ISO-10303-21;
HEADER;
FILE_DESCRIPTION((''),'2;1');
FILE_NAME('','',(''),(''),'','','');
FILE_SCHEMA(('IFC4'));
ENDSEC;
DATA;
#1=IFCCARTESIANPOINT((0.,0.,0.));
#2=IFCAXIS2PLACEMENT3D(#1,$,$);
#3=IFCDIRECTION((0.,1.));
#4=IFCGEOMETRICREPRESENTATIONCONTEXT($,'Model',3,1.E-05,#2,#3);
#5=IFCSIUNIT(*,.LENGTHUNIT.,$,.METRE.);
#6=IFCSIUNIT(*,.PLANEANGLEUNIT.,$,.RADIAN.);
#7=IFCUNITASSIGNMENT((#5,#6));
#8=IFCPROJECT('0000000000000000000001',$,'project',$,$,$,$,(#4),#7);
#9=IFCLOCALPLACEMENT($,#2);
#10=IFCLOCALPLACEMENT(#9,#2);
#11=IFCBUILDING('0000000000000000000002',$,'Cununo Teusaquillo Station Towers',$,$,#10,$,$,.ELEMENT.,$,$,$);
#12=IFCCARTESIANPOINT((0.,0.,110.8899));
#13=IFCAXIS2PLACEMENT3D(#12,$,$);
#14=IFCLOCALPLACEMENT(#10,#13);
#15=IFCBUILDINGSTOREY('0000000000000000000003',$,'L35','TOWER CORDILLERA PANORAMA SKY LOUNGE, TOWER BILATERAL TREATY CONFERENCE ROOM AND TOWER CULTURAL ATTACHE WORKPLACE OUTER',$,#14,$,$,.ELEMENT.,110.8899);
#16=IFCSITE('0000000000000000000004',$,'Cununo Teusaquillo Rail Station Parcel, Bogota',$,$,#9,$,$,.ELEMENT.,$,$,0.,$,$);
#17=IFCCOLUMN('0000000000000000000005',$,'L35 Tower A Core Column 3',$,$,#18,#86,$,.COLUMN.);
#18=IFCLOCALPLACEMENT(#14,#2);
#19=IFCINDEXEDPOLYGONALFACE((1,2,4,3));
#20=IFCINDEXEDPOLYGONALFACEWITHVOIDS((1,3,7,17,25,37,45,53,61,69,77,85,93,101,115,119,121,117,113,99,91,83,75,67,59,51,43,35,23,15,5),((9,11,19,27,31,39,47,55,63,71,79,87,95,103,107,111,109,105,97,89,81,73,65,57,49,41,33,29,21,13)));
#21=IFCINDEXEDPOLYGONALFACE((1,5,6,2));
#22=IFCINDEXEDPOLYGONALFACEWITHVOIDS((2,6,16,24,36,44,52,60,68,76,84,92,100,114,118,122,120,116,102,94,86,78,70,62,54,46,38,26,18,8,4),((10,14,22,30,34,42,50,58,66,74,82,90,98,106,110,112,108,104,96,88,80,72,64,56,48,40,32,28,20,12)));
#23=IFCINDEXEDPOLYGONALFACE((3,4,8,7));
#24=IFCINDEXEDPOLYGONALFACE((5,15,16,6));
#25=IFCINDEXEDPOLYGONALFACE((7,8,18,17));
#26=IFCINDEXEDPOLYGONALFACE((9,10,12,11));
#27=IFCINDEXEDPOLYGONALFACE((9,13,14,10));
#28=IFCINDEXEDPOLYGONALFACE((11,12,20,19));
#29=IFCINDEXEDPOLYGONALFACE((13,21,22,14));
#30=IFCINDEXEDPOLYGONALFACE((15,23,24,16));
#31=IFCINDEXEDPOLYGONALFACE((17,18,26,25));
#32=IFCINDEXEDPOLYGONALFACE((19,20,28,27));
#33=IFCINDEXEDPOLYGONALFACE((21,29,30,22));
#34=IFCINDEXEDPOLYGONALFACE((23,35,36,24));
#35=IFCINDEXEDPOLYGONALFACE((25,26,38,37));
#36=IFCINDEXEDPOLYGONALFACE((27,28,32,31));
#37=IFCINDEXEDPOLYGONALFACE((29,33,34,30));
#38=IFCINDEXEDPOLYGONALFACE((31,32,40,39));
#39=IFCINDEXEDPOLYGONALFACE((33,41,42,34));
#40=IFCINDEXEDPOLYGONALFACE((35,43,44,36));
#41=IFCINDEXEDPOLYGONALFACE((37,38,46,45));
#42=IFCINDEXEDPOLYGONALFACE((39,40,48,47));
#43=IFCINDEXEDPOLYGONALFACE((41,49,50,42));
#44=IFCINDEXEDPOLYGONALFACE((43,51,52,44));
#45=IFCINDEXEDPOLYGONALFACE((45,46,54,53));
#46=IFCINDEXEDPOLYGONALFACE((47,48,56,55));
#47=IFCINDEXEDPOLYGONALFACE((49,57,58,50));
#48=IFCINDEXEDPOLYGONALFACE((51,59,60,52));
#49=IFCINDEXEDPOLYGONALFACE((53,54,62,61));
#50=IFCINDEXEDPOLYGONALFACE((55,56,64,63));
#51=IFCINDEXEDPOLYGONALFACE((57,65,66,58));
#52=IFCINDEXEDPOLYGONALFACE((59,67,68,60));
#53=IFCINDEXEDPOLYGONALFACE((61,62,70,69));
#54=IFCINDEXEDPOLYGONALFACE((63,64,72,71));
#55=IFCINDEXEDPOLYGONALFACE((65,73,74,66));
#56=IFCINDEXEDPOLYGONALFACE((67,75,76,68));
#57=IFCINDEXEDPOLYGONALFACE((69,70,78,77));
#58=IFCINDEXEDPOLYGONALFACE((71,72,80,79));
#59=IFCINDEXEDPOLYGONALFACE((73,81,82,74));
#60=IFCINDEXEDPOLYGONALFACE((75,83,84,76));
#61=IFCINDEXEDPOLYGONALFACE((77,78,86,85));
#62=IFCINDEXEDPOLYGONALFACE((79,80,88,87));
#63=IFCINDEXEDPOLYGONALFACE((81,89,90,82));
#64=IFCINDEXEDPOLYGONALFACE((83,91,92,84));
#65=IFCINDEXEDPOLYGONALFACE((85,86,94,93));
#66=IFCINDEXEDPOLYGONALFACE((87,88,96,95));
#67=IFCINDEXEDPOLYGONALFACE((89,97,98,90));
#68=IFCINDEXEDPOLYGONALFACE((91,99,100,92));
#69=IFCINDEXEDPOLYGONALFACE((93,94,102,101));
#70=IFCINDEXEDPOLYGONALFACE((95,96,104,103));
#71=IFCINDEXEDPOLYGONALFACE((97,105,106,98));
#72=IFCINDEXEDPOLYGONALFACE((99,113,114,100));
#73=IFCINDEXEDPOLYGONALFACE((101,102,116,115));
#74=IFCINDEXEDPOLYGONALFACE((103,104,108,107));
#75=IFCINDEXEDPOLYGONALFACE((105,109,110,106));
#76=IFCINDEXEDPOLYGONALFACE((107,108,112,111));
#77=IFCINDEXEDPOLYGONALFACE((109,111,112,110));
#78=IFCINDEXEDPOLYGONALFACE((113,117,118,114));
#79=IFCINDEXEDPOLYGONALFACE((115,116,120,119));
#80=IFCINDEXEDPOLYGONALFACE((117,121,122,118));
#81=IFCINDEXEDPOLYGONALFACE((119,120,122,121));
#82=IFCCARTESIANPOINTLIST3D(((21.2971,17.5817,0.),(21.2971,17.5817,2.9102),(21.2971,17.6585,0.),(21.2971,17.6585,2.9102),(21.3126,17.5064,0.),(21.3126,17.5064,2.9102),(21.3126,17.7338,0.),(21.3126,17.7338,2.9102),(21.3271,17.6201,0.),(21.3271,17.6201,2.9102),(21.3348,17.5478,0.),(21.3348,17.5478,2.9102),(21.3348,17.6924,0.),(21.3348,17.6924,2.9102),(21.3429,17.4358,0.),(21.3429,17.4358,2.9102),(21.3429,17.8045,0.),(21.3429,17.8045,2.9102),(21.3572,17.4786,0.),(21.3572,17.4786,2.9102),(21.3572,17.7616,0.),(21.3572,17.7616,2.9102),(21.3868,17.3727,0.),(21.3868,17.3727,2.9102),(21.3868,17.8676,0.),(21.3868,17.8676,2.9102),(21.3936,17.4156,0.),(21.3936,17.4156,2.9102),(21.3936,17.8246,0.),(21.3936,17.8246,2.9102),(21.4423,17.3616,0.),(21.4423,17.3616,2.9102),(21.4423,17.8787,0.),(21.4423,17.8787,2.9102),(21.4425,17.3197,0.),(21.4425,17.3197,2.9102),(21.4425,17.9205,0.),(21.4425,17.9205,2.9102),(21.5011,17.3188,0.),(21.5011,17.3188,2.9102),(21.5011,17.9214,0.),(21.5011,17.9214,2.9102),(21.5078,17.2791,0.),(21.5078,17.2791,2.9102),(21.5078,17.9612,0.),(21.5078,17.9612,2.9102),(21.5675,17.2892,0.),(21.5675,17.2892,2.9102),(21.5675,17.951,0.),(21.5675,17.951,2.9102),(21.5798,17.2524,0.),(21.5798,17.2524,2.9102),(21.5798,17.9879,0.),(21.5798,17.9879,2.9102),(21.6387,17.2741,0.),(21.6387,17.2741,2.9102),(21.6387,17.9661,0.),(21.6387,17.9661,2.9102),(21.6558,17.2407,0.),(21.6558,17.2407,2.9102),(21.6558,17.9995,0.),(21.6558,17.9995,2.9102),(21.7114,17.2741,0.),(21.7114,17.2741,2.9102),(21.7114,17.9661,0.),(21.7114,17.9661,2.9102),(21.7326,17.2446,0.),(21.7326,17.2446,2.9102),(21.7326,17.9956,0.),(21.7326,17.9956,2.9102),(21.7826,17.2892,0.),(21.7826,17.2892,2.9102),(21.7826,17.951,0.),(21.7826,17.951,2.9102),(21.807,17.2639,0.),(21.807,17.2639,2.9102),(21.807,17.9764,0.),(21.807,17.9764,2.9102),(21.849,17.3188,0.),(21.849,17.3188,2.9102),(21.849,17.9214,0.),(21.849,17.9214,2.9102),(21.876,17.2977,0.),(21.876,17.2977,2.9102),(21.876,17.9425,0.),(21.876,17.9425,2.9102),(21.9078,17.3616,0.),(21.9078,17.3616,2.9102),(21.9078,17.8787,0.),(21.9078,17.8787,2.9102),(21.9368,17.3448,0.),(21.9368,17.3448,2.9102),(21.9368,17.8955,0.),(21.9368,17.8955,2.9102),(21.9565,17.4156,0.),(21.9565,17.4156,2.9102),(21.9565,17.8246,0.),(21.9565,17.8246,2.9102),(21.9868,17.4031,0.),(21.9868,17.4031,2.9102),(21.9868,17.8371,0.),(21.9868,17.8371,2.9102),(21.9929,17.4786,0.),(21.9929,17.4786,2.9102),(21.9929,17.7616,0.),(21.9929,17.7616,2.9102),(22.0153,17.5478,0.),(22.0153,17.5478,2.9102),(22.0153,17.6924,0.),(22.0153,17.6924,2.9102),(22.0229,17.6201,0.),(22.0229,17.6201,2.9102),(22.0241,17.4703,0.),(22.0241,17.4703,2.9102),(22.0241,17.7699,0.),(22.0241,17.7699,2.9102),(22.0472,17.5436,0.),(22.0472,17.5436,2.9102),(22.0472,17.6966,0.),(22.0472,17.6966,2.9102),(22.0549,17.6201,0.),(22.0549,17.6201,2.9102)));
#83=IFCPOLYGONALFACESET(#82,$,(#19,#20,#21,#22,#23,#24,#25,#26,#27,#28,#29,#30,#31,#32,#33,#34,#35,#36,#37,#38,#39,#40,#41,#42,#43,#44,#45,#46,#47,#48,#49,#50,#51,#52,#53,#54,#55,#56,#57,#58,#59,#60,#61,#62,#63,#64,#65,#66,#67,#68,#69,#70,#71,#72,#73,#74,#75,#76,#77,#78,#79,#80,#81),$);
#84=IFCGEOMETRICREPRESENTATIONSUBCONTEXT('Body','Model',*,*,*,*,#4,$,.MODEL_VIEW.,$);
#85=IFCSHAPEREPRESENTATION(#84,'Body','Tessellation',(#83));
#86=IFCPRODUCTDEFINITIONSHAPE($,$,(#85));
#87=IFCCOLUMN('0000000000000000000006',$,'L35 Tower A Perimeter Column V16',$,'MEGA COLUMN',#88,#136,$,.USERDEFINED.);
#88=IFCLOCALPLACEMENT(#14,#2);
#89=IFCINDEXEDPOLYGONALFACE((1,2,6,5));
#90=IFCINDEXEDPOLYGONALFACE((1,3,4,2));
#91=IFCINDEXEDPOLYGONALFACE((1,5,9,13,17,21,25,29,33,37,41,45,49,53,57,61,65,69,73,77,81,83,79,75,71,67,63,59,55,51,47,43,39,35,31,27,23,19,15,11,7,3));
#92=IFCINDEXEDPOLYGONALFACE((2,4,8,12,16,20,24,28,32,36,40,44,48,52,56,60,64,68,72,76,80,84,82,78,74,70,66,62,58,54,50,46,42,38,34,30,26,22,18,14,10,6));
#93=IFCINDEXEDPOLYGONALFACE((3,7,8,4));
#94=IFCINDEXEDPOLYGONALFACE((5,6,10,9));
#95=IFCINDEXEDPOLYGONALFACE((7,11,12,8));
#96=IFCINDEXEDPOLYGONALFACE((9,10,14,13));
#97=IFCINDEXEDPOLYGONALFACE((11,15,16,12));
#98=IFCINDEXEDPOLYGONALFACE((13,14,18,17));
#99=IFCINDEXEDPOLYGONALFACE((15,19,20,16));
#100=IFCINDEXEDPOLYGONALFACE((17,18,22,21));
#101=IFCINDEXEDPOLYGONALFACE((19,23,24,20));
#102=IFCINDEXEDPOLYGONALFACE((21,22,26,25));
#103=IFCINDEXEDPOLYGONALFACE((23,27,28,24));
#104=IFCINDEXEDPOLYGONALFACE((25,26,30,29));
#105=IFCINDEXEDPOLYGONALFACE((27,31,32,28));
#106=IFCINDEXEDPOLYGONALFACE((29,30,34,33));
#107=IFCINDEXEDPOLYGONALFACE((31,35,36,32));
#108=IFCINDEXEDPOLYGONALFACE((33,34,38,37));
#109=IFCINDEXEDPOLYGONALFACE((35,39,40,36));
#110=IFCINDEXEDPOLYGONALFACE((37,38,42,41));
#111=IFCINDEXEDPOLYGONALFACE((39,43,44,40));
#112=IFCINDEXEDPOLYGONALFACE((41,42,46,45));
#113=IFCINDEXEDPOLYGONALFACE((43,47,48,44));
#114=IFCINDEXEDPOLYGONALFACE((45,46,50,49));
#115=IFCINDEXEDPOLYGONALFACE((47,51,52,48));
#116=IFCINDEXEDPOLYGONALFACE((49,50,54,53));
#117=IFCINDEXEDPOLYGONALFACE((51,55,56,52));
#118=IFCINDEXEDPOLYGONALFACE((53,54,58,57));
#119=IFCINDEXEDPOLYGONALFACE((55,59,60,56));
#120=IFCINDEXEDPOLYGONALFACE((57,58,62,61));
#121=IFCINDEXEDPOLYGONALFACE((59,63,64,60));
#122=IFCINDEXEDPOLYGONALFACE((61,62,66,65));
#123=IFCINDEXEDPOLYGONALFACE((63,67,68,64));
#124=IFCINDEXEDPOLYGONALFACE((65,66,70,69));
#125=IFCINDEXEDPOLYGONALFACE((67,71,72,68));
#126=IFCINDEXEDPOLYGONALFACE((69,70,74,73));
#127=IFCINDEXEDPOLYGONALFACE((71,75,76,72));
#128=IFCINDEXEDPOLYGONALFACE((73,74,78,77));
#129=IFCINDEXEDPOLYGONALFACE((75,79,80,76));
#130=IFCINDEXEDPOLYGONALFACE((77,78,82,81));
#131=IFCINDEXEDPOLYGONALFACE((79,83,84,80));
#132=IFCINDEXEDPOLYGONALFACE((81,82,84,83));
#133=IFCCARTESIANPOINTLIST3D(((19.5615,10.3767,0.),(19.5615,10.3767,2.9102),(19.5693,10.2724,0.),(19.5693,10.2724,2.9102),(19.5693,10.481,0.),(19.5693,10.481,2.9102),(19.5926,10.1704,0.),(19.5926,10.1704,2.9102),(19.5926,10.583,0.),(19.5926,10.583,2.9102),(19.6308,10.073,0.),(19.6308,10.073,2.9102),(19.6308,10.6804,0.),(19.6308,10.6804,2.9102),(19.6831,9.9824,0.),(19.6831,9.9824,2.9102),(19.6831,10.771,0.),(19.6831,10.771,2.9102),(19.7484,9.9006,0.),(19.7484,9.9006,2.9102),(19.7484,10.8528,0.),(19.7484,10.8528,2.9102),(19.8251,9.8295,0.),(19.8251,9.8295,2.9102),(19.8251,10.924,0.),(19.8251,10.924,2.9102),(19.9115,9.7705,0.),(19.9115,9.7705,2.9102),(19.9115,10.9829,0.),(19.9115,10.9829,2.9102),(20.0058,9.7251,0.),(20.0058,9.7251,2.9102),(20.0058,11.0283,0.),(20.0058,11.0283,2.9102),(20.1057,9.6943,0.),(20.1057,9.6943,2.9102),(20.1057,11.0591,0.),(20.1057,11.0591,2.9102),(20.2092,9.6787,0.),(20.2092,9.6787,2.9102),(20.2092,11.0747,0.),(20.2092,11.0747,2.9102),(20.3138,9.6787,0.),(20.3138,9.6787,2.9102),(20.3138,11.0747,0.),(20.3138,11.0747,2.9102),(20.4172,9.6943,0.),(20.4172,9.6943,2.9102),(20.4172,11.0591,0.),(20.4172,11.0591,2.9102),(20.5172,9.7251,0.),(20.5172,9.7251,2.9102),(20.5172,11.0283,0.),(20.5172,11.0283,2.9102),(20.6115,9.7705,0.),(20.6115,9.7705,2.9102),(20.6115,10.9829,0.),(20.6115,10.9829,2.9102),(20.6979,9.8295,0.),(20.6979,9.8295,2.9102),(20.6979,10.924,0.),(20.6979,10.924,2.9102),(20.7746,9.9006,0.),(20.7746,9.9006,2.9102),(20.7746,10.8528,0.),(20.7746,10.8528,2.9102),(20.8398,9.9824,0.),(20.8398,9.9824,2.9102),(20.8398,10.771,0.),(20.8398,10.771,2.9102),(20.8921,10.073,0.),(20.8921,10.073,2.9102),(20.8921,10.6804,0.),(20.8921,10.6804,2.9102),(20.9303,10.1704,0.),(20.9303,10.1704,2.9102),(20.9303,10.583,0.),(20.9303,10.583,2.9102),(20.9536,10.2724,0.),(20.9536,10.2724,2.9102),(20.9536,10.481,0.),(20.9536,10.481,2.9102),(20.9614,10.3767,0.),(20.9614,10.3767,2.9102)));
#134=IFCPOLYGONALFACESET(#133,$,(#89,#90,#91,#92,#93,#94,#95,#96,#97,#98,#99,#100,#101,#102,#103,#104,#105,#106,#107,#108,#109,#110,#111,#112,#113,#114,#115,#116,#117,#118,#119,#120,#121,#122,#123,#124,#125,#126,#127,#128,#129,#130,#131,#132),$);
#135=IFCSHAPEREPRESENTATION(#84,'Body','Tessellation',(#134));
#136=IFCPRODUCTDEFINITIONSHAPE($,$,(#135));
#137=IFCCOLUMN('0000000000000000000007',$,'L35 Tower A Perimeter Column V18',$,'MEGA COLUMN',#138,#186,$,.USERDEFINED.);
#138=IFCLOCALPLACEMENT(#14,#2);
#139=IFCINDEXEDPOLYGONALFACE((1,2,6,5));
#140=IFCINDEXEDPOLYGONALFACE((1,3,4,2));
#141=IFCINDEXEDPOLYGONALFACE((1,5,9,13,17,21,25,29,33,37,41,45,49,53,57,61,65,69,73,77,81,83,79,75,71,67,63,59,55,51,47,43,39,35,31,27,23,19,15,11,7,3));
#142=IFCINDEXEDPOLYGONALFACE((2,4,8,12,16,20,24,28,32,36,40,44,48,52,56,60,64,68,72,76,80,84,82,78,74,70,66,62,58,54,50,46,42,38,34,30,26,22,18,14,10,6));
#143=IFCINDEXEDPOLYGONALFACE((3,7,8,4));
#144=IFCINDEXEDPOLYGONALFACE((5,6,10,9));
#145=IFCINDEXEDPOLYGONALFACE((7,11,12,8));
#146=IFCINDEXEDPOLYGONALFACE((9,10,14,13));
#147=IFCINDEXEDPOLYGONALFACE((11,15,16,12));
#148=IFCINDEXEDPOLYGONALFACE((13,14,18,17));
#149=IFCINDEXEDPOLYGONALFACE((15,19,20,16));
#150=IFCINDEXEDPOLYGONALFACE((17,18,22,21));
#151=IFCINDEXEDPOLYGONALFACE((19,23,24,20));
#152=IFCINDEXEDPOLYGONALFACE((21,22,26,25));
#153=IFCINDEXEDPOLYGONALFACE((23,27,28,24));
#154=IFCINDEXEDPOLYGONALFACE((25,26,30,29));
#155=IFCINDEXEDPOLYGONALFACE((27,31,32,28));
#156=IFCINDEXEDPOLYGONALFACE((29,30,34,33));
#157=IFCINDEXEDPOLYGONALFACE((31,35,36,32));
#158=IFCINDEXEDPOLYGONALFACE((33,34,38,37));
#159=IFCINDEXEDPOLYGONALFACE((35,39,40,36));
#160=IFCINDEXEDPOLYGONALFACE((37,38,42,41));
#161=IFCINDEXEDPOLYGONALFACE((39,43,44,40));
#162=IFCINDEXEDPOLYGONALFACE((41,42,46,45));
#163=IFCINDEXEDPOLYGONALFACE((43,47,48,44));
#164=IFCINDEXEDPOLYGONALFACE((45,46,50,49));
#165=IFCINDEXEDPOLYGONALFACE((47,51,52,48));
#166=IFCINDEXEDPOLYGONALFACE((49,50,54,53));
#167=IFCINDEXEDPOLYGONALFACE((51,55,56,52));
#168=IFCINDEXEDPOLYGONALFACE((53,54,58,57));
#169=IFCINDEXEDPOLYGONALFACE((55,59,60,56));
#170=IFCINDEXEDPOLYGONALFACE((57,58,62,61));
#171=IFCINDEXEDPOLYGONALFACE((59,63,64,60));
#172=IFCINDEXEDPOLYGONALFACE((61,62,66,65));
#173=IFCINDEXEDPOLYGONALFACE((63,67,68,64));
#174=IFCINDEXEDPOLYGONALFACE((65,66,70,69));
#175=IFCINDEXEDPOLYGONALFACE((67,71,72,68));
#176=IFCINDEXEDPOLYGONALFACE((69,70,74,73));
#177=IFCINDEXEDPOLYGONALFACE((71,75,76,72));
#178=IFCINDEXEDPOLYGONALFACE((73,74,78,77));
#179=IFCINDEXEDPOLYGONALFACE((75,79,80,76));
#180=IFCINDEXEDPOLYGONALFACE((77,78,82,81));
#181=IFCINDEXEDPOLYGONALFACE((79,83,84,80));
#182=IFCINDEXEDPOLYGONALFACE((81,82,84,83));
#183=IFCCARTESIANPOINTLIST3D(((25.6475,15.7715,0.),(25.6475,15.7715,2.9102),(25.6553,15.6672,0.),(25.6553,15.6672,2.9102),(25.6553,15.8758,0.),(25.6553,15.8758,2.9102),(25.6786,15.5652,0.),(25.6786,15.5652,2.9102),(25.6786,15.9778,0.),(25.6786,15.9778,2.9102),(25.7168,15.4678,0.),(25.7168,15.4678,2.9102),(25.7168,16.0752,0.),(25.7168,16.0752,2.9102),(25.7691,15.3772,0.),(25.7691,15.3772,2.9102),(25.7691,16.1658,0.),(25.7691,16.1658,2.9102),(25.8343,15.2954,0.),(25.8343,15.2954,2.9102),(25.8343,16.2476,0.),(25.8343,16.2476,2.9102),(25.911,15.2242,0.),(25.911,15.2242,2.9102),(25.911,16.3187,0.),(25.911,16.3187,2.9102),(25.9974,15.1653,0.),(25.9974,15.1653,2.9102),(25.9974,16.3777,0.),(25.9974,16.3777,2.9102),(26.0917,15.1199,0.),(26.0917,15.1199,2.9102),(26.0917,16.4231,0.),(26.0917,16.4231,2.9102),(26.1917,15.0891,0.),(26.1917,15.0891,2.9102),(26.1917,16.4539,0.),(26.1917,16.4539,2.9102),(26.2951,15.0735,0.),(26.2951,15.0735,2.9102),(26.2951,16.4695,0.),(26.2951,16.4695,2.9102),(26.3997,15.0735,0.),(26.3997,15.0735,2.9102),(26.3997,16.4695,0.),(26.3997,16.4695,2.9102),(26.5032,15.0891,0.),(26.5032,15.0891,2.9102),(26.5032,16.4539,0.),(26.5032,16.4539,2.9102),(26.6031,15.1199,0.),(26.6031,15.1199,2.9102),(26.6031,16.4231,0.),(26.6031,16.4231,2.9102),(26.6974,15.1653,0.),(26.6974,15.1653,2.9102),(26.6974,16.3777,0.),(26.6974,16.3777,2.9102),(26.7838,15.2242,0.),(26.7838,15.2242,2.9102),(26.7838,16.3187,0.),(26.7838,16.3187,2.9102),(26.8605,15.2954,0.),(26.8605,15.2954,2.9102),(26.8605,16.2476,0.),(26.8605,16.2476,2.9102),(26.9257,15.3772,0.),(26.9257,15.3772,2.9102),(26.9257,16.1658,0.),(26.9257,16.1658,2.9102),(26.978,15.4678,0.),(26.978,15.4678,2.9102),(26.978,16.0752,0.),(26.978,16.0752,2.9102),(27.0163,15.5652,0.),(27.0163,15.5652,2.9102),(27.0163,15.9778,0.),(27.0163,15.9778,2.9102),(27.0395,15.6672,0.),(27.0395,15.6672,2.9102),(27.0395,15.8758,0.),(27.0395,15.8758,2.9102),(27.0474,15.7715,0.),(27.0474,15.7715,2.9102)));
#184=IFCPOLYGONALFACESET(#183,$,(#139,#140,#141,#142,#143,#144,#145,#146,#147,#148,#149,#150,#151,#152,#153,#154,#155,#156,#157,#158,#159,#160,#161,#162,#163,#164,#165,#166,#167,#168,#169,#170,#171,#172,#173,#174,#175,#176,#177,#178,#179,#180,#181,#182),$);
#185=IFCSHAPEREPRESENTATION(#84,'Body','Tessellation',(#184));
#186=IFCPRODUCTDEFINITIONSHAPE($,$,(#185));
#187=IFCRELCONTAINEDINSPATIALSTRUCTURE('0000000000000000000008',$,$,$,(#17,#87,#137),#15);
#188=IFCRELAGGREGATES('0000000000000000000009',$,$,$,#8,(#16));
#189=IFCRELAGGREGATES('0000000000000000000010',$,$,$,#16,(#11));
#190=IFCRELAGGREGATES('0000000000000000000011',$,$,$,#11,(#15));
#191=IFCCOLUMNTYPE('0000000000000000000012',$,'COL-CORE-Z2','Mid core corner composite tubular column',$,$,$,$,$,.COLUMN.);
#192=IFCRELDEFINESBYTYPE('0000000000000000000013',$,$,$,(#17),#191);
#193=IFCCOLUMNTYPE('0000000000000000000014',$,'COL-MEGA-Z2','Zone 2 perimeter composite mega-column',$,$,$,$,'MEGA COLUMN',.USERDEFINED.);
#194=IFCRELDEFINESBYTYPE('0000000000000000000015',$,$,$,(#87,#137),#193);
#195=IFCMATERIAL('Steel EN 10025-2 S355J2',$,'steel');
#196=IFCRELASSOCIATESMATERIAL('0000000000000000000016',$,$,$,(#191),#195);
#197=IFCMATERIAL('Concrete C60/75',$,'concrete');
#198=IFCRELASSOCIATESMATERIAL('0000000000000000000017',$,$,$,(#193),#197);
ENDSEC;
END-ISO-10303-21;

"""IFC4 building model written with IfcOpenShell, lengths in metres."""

from ifc_helpers import new_model, si_unit, direction, frame, origin, origin_2d, place, context, subcontext, project, spatial, circle, hollow_circle, extrude, material, material_profile, profile_set, type_object, element, save


model = new_model("IFC4")

# Units and contexts
model_context = context("Model", 3, precision=1e-05, world=origin(), true_north=direction((0.0, 1.0)))
body_context = subcontext(model_context, "Body", "Model", "MODEL_VIEW")
ifc_project = project(units=[si_unit("LENGTHUNIT", "METRE"), si_unit("PLANEANGLEUNIT", "RADIAN")], contexts=[model_context])

# Site, building, storey
site_placement = place(None, origin())
site = spatial("IfcSite", under=ifc_project, at=site_placement, Name="Cununo Teusaquillo Rail Station Parcel, Bogota", CompositionType="ELEMENT", RefElevation=0.0)
building_placement = place(site_placement, origin())
building = spatial("IfcBuilding", under=site, at=building_placement, Name="Cununo Teusaquillo Station Towers", CompositionType="ELEMENT")
storey_placement = place(building_placement, frame((0.0, 0.0, 110.8899)))
storey = spatial("IfcBuildingStorey", under=building, at=storey_placement, Name="L35", Description="TOWER CORDILLERA PANORAMA SKY LOUNGE, TOWER BILATERAL TREATY CONFERENCE ROOM AND TOWER CULTURAL ATTACHE WORKPLACE OUTER", CompositionType="ELEMENT", Elevation=110.8899)

# Columns
ifc_material_1 = material(Name="Steel EN 10025-2 S355J2", Category="steel")
ifc_material_profile_1 = material_profile(ifc_material_1, hollow_circle(Radius=0.3799, WallThickness=0.032, at=origin_2d()), Name="CHS 760x32")
ifc_profile_set_1 = profile_set([ifc_material_profile_1], Name="Steel EN 10025-2 S355J2")
column_type_1 = type_object("IfcColumnType", Name="COL-CORE-Z2", Description="Mid core corner composite tubular column", PredefinedType="COLUMN", material=ifc_profile_set_1)
column_placement = place(storey_placement, frame((21.675, 17.6201, 0.0), z_axis=(0.0, 0.0, 1.0), x_axis=(1.0, 0.0, 0.0)))
element("IfcColumn", 1, at=column_placement, inside=storey, type_object=column_type_1, Name="L35 Tower A Core Column 3", PredefinedType="COLUMN", context=body_context, shape_type="SweptSolid", body=[
    extrude(hollow_circle(Radius=0.3799, WallThickness=0.032, at=origin_2d()), origin(), (0.0, 0.0, 1.0), 2.9102),
])
ifc_material_2 = material(Name="Concrete C60/75", Category="concrete")
ifc_material_profile_2 = material_profile(ifc_material_2, circle(Radius=0.7, at=origin_2d()), Name="RC-CIRC-1400")
ifc_profile_set_2 = profile_set([ifc_material_profile_2], Name="Concrete C60/75")
column_type_2 = type_object("IfcColumnType", Name="COL-MEGA-Z2", Description="Zone 2 perimeter composite mega-column", ElementType="MEGA COLUMN", PredefinedType="USERDEFINED", material=ifc_profile_set_2)
for number, where, z_axis, x_axis, name in (
    (2, (20.2615, 10.3767, 0.0), (0.0, 0.0, 1.0), (1.0, 0.0, 0.0), "L35 Tower A Perimeter Column V16"),
    (3, (26.3474, 15.7715, 0.0), (0.0, 0.0, 1.0), (1.0, 0.0, 0.0), "L35 Tower A Perimeter Column V18"),
):
    element("IfcColumn", number, at=place(storey_placement, frame(where, z_axis=z_axis, x_axis=x_axis)), inside=storey, type_object=column_type_2, Name=name, ObjectType="MEGA COLUMN", PredefinedType="USERDEFINED", context=body_context, shape_type="SweptSolid", body=[
        extrude(circle(Radius=0.7, at=origin_2d()), origin(), (0.0, 0.0, 1.0), 2.9102),
    ])

save(model, "model.ifc")
